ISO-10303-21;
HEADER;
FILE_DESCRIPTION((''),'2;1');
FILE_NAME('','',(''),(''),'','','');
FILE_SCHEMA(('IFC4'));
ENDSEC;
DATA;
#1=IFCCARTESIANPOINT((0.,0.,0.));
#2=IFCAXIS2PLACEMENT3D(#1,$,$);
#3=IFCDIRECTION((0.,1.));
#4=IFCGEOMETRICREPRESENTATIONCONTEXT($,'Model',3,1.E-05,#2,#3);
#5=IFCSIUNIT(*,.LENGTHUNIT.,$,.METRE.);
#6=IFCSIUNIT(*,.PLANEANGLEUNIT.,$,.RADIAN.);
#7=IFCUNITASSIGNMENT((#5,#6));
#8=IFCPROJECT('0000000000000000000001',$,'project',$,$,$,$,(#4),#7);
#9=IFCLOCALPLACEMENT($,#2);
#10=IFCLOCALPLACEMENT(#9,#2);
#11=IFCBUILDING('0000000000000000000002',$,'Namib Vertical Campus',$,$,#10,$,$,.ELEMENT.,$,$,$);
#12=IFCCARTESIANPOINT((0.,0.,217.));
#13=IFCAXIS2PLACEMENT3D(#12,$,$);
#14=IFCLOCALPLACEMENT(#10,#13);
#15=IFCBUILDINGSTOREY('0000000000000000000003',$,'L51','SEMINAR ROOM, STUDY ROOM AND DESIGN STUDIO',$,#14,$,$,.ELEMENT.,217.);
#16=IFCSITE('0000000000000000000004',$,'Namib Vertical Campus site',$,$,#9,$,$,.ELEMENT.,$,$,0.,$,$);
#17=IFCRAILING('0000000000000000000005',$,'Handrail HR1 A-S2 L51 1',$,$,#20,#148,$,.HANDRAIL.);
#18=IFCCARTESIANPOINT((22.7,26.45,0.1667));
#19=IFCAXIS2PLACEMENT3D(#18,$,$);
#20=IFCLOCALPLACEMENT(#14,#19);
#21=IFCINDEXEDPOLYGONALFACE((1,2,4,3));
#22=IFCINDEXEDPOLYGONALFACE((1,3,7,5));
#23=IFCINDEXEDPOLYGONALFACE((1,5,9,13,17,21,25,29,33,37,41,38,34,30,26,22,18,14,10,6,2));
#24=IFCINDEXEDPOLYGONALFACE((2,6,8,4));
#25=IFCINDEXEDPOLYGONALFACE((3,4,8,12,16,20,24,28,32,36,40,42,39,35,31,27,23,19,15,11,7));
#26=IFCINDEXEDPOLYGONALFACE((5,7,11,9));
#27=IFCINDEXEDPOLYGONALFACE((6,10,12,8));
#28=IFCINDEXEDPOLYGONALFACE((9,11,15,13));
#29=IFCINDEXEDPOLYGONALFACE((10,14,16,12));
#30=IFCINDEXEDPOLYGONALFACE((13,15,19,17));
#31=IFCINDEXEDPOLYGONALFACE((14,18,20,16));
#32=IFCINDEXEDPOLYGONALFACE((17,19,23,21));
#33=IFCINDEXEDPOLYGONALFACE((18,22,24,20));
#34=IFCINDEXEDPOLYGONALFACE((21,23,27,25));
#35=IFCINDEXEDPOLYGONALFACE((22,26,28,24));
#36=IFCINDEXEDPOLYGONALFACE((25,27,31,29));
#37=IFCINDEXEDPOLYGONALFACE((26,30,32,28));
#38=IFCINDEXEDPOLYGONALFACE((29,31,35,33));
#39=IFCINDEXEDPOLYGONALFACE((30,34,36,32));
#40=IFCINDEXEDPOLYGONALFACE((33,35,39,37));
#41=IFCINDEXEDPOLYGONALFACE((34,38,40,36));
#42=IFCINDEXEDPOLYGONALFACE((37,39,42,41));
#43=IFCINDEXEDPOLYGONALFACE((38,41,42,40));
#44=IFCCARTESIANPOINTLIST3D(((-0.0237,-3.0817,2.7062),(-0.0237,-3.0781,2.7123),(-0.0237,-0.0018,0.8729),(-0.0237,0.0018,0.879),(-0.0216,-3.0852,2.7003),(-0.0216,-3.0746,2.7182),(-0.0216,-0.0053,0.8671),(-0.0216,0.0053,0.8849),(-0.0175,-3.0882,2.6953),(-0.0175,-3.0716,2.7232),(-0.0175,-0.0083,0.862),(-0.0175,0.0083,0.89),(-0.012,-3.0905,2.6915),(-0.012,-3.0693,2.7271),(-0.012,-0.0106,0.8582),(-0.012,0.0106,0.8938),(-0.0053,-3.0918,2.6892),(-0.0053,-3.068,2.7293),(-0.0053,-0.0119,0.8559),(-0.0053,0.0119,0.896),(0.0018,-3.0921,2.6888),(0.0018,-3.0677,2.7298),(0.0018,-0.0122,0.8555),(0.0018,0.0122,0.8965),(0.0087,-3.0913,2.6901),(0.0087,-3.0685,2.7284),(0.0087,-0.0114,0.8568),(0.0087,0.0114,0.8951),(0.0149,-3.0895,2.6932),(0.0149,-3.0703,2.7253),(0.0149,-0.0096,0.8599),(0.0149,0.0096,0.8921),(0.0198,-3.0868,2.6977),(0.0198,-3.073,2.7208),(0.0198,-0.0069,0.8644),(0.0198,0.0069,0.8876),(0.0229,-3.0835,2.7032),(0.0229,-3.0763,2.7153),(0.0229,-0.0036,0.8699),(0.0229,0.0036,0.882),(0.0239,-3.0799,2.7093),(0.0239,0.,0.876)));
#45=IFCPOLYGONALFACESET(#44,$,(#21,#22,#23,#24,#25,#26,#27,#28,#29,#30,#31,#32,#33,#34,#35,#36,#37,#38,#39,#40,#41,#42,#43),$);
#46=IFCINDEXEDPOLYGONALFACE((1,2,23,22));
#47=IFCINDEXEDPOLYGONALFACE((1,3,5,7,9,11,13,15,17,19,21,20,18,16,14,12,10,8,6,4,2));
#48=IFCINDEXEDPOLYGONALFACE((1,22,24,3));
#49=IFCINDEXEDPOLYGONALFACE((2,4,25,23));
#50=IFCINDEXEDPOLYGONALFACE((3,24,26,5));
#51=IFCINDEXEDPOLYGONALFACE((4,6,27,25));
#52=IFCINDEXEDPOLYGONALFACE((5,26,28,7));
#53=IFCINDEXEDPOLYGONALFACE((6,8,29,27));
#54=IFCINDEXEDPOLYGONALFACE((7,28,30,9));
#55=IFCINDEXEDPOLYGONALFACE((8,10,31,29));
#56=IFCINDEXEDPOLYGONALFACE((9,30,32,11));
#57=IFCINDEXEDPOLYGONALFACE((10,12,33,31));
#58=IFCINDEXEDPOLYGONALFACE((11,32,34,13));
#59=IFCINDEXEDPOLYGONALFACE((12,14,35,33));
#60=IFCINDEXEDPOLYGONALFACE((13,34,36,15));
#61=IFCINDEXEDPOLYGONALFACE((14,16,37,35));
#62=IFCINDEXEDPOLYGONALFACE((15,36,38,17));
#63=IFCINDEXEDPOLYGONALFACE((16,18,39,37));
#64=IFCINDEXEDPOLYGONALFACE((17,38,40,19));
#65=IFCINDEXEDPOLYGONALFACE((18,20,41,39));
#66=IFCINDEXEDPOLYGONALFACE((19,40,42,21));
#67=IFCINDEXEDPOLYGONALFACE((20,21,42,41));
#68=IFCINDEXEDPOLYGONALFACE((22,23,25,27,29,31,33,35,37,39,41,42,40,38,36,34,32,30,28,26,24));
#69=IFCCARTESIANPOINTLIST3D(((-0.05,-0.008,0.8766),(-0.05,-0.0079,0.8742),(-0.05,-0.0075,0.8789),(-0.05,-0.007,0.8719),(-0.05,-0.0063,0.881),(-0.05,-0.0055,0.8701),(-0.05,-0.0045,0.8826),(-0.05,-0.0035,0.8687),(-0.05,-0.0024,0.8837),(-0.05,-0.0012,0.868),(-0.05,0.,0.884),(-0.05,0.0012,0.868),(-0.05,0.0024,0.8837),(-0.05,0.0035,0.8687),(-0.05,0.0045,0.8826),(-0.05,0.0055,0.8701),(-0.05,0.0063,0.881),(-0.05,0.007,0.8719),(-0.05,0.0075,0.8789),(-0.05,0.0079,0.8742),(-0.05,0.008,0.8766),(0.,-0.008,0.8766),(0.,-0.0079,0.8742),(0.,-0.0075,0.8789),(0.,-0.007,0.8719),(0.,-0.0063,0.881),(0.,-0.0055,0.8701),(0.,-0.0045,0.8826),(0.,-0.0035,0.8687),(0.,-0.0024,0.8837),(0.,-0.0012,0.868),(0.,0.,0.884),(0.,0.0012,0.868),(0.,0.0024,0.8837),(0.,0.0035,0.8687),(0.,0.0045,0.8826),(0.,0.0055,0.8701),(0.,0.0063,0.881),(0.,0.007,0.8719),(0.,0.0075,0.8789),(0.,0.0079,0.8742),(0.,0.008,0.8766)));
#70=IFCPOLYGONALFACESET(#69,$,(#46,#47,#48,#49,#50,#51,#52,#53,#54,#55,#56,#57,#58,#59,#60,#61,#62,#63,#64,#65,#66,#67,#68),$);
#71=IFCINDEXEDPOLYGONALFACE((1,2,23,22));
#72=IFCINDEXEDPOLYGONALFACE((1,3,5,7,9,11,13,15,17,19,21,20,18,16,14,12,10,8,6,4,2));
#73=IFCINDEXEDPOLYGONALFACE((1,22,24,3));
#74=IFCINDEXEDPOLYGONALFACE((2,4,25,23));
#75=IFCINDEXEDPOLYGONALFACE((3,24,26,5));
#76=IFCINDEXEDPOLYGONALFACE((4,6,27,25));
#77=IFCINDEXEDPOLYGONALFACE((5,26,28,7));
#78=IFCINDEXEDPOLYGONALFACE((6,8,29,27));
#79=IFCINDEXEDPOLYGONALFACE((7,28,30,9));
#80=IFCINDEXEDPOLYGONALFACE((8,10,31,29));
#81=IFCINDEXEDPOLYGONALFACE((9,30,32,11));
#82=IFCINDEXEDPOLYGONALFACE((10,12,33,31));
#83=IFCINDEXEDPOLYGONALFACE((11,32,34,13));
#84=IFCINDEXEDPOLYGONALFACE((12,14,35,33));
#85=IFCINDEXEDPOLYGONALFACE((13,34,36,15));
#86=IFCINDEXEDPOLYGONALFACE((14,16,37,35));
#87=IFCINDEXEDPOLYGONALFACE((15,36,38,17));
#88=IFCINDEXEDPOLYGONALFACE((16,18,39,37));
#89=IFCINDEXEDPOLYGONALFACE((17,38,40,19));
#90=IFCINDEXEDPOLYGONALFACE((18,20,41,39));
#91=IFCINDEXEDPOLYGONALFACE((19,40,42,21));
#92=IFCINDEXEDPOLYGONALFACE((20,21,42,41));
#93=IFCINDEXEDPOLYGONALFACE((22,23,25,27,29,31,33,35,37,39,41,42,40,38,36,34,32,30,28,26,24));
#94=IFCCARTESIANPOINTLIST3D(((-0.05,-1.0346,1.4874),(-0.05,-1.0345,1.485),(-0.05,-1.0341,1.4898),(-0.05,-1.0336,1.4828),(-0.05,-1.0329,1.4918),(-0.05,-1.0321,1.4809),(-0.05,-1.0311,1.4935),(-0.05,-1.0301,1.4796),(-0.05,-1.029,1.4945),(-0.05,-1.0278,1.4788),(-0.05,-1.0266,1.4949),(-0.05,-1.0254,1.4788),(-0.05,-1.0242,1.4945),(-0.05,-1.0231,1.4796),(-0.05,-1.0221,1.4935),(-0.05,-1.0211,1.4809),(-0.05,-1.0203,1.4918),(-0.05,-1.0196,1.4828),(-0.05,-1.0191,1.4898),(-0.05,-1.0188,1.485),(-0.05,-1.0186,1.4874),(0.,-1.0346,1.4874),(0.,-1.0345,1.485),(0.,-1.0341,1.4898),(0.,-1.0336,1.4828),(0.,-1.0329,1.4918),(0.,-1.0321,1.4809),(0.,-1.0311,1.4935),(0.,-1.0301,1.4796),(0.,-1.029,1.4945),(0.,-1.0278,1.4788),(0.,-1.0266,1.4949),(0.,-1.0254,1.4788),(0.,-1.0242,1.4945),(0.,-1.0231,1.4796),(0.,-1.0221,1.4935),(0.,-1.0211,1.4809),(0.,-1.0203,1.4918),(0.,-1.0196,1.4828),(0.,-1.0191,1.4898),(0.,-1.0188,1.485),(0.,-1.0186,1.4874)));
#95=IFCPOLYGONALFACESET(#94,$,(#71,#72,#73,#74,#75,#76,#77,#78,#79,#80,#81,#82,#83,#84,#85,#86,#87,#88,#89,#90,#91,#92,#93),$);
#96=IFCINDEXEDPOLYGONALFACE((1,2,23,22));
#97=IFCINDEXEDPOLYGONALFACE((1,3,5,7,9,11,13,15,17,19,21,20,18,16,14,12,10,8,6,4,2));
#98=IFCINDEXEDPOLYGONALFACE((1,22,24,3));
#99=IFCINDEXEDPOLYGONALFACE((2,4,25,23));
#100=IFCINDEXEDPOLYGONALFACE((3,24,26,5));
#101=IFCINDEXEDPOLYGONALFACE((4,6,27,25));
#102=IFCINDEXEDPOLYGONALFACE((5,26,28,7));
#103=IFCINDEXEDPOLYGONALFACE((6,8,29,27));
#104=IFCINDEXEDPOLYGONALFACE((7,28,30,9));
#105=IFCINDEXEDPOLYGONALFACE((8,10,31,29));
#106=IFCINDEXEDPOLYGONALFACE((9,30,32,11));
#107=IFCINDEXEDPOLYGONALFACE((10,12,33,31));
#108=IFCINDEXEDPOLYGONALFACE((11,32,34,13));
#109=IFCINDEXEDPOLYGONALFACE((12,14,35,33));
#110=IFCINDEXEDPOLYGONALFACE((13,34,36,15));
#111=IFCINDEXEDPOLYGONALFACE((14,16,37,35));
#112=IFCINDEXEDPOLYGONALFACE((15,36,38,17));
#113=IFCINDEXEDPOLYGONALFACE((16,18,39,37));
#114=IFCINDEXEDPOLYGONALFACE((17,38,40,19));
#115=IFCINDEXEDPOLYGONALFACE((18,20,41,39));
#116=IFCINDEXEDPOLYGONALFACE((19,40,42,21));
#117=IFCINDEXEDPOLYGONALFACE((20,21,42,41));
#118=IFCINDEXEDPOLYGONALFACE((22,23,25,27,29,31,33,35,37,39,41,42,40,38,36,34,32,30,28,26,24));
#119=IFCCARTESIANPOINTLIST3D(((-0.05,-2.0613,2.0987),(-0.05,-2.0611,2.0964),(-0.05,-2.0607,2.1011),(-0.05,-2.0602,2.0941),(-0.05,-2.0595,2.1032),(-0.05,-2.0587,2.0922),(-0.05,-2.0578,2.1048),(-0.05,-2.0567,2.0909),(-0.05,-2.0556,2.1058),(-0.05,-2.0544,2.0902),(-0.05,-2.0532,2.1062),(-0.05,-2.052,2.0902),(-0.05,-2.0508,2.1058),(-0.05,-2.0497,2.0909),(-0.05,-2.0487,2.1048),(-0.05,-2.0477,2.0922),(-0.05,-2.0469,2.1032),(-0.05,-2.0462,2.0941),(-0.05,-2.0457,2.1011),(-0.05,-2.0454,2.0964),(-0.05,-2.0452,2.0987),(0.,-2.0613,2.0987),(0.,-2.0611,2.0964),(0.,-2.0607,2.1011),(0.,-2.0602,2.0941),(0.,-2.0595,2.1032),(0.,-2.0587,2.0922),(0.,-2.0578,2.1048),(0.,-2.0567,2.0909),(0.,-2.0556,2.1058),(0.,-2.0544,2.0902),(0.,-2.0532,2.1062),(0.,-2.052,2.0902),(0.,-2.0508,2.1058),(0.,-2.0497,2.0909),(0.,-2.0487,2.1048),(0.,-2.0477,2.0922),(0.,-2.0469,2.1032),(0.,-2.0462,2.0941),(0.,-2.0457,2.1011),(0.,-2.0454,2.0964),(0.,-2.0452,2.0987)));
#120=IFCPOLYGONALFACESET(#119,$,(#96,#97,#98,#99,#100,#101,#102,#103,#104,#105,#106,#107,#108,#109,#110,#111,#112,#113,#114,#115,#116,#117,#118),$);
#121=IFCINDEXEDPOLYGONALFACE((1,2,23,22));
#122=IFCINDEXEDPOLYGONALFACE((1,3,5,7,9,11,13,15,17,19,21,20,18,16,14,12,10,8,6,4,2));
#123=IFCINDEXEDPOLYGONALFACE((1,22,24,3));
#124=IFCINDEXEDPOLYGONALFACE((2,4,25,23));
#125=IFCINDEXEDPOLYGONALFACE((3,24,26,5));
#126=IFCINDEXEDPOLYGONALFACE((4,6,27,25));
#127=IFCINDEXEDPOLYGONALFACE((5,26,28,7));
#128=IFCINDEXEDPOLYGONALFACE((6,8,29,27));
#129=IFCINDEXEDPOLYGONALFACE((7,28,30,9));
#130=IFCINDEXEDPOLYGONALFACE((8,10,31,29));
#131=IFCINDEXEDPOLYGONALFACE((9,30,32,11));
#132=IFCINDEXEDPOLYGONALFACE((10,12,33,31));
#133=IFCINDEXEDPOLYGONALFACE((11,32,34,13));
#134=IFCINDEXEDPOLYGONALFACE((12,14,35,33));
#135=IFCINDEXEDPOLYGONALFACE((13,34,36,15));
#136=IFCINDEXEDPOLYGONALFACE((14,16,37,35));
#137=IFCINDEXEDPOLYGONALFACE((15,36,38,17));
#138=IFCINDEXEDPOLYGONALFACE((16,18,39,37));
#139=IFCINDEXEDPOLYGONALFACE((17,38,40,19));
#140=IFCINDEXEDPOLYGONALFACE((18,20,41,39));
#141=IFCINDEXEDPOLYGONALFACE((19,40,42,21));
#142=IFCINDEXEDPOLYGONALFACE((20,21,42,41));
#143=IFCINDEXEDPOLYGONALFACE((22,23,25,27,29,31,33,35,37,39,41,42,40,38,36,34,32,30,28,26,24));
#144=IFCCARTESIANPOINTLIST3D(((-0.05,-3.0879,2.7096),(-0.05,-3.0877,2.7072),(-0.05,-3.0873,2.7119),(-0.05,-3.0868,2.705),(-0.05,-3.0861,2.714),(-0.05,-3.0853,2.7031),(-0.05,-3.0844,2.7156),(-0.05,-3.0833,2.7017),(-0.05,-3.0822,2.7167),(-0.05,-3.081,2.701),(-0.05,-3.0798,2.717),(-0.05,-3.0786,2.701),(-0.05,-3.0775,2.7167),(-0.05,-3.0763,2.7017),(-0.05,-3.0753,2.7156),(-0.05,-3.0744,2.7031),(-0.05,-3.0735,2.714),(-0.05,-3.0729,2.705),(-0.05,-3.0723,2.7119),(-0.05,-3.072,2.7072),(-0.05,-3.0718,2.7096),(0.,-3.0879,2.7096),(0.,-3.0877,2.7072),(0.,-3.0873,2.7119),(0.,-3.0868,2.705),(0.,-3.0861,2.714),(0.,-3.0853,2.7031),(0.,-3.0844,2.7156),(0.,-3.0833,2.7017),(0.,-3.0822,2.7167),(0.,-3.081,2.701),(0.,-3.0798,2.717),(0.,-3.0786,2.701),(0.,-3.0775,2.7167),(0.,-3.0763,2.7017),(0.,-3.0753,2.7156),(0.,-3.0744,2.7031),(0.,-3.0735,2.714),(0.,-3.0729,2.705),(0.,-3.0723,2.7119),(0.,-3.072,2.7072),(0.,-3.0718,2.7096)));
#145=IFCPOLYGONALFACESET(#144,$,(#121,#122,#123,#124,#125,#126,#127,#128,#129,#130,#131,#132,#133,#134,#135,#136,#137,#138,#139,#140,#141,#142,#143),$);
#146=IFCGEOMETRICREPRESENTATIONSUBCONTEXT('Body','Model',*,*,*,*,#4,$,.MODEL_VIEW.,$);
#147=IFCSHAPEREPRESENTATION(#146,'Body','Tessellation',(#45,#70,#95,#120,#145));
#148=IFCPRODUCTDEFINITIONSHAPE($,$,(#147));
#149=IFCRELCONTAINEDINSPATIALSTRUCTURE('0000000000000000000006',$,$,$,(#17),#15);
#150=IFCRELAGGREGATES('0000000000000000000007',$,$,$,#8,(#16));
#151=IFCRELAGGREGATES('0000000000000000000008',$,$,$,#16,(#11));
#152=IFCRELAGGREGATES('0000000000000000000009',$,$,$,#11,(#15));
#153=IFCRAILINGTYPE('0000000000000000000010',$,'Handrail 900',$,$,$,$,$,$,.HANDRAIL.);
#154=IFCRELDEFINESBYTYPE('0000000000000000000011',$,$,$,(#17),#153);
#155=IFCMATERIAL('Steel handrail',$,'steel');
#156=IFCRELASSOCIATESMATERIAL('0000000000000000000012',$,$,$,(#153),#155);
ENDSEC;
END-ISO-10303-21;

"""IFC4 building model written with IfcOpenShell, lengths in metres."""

from ifc_helpers import new_model, si_unit, direction, frame, origin, origin_2d, place, context, subcontext, project, spatial, circle, extrude, material, type_object, element, save


model = new_model("IFC4")

# Units and contexts
model_context = context("Model", 3, precision=1e-05, world=origin(), true_north=direction((0.0, 1.0)))
body_context = subcontext(model_context, "Body", "Model", "MODEL_VIEW")
ifc_project = project(units=[si_unit("LENGTHUNIT", "METRE"), si_unit("PLANEANGLEUNIT", "RADIAN")], contexts=[model_context])

# Site, building, storey
site_placement = place(None, origin())
site = spatial("IfcSite", under=ifc_project, at=site_placement, Name="Namib Vertical Campus site", CompositionType="ELEMENT", RefElevation=0.0)
building_placement = place(site_placement, origin())
building = spatial("IfcBuilding", under=site, at=building_placement, Name="Namib Vertical Campus", CompositionType="ELEMENT")
storey_placement = place(building_placement, frame((0.0, 0.0, 217.0)))
storey = spatial("IfcBuildingStorey", under=building, at=storey_placement, Name="L51", Description="SEMINAR ROOM, STUDY ROOM AND DESIGN STUDIO", CompositionType="ELEMENT", Elevation=217.0)

# Railing
ifc_material_1 = material(Name="Steel handrail", Category="steel")
railing_type_1 = type_object("IfcRailingType", Name="Handrail 900", PredefinedType="HANDRAIL", material=ifc_material_1)
railing_1_placement = place(storey_placement, frame((22.7, 26.45, 0.1667)))
element("IfcRailing", 1, at=railing_1_placement, inside=storey, type_object=railing_type_1, Name="Handrail HR1 A-S2 L51 1", PredefinedType="HANDRAIL", context=body_context, shape_type="SweptSolid", body=[
    extrude(circle(Radius=0.0239, at=origin_2d()), frame((0.0, 0.0, 0.876), z_axis=(0.0, -0.859291, 0.511487), x_axis=(1.0, 0.0, 0.0)), (0.0, 0.0, 1.0), 3.5842),
    extrude(circle(Radius=0.0081, at=origin_2d()), frame((0.0, 0.0, 0.876), z_axis=(-1.0, 0.0, 0.0), x_axis=(0.0, 0.0, 1.0)), (0.0, 0.0, 1.0), 0.05),
    extrude(circle(Radius=0.0081, at=origin_2d()), frame((0.0, -1.0266, 1.4868), z_axis=(-1.0, 0.0, 0.0), x_axis=(0.0, 0.0, 1.0)), (0.0, 0.0, 1.0), 0.05),
    extrude(circle(Radius=0.0081, at=origin_2d()), frame((0.0, -2.0532, 2.0981), z_axis=(-1.0, 0.0, 0.0), x_axis=(0.0, 0.0, 1.0)), (0.0, 0.0, 1.0), 0.05),
    extrude(circle(Radius=0.0081, at=origin_2d()), frame((0.0, -3.0798, 2.709), z_axis=(-1.0, 0.0, 0.0), x_axis=(0.0, 0.0, 1.0)), (0.0, 0.0, 1.0), 0.05),
])

save(model, "model.ifc")
